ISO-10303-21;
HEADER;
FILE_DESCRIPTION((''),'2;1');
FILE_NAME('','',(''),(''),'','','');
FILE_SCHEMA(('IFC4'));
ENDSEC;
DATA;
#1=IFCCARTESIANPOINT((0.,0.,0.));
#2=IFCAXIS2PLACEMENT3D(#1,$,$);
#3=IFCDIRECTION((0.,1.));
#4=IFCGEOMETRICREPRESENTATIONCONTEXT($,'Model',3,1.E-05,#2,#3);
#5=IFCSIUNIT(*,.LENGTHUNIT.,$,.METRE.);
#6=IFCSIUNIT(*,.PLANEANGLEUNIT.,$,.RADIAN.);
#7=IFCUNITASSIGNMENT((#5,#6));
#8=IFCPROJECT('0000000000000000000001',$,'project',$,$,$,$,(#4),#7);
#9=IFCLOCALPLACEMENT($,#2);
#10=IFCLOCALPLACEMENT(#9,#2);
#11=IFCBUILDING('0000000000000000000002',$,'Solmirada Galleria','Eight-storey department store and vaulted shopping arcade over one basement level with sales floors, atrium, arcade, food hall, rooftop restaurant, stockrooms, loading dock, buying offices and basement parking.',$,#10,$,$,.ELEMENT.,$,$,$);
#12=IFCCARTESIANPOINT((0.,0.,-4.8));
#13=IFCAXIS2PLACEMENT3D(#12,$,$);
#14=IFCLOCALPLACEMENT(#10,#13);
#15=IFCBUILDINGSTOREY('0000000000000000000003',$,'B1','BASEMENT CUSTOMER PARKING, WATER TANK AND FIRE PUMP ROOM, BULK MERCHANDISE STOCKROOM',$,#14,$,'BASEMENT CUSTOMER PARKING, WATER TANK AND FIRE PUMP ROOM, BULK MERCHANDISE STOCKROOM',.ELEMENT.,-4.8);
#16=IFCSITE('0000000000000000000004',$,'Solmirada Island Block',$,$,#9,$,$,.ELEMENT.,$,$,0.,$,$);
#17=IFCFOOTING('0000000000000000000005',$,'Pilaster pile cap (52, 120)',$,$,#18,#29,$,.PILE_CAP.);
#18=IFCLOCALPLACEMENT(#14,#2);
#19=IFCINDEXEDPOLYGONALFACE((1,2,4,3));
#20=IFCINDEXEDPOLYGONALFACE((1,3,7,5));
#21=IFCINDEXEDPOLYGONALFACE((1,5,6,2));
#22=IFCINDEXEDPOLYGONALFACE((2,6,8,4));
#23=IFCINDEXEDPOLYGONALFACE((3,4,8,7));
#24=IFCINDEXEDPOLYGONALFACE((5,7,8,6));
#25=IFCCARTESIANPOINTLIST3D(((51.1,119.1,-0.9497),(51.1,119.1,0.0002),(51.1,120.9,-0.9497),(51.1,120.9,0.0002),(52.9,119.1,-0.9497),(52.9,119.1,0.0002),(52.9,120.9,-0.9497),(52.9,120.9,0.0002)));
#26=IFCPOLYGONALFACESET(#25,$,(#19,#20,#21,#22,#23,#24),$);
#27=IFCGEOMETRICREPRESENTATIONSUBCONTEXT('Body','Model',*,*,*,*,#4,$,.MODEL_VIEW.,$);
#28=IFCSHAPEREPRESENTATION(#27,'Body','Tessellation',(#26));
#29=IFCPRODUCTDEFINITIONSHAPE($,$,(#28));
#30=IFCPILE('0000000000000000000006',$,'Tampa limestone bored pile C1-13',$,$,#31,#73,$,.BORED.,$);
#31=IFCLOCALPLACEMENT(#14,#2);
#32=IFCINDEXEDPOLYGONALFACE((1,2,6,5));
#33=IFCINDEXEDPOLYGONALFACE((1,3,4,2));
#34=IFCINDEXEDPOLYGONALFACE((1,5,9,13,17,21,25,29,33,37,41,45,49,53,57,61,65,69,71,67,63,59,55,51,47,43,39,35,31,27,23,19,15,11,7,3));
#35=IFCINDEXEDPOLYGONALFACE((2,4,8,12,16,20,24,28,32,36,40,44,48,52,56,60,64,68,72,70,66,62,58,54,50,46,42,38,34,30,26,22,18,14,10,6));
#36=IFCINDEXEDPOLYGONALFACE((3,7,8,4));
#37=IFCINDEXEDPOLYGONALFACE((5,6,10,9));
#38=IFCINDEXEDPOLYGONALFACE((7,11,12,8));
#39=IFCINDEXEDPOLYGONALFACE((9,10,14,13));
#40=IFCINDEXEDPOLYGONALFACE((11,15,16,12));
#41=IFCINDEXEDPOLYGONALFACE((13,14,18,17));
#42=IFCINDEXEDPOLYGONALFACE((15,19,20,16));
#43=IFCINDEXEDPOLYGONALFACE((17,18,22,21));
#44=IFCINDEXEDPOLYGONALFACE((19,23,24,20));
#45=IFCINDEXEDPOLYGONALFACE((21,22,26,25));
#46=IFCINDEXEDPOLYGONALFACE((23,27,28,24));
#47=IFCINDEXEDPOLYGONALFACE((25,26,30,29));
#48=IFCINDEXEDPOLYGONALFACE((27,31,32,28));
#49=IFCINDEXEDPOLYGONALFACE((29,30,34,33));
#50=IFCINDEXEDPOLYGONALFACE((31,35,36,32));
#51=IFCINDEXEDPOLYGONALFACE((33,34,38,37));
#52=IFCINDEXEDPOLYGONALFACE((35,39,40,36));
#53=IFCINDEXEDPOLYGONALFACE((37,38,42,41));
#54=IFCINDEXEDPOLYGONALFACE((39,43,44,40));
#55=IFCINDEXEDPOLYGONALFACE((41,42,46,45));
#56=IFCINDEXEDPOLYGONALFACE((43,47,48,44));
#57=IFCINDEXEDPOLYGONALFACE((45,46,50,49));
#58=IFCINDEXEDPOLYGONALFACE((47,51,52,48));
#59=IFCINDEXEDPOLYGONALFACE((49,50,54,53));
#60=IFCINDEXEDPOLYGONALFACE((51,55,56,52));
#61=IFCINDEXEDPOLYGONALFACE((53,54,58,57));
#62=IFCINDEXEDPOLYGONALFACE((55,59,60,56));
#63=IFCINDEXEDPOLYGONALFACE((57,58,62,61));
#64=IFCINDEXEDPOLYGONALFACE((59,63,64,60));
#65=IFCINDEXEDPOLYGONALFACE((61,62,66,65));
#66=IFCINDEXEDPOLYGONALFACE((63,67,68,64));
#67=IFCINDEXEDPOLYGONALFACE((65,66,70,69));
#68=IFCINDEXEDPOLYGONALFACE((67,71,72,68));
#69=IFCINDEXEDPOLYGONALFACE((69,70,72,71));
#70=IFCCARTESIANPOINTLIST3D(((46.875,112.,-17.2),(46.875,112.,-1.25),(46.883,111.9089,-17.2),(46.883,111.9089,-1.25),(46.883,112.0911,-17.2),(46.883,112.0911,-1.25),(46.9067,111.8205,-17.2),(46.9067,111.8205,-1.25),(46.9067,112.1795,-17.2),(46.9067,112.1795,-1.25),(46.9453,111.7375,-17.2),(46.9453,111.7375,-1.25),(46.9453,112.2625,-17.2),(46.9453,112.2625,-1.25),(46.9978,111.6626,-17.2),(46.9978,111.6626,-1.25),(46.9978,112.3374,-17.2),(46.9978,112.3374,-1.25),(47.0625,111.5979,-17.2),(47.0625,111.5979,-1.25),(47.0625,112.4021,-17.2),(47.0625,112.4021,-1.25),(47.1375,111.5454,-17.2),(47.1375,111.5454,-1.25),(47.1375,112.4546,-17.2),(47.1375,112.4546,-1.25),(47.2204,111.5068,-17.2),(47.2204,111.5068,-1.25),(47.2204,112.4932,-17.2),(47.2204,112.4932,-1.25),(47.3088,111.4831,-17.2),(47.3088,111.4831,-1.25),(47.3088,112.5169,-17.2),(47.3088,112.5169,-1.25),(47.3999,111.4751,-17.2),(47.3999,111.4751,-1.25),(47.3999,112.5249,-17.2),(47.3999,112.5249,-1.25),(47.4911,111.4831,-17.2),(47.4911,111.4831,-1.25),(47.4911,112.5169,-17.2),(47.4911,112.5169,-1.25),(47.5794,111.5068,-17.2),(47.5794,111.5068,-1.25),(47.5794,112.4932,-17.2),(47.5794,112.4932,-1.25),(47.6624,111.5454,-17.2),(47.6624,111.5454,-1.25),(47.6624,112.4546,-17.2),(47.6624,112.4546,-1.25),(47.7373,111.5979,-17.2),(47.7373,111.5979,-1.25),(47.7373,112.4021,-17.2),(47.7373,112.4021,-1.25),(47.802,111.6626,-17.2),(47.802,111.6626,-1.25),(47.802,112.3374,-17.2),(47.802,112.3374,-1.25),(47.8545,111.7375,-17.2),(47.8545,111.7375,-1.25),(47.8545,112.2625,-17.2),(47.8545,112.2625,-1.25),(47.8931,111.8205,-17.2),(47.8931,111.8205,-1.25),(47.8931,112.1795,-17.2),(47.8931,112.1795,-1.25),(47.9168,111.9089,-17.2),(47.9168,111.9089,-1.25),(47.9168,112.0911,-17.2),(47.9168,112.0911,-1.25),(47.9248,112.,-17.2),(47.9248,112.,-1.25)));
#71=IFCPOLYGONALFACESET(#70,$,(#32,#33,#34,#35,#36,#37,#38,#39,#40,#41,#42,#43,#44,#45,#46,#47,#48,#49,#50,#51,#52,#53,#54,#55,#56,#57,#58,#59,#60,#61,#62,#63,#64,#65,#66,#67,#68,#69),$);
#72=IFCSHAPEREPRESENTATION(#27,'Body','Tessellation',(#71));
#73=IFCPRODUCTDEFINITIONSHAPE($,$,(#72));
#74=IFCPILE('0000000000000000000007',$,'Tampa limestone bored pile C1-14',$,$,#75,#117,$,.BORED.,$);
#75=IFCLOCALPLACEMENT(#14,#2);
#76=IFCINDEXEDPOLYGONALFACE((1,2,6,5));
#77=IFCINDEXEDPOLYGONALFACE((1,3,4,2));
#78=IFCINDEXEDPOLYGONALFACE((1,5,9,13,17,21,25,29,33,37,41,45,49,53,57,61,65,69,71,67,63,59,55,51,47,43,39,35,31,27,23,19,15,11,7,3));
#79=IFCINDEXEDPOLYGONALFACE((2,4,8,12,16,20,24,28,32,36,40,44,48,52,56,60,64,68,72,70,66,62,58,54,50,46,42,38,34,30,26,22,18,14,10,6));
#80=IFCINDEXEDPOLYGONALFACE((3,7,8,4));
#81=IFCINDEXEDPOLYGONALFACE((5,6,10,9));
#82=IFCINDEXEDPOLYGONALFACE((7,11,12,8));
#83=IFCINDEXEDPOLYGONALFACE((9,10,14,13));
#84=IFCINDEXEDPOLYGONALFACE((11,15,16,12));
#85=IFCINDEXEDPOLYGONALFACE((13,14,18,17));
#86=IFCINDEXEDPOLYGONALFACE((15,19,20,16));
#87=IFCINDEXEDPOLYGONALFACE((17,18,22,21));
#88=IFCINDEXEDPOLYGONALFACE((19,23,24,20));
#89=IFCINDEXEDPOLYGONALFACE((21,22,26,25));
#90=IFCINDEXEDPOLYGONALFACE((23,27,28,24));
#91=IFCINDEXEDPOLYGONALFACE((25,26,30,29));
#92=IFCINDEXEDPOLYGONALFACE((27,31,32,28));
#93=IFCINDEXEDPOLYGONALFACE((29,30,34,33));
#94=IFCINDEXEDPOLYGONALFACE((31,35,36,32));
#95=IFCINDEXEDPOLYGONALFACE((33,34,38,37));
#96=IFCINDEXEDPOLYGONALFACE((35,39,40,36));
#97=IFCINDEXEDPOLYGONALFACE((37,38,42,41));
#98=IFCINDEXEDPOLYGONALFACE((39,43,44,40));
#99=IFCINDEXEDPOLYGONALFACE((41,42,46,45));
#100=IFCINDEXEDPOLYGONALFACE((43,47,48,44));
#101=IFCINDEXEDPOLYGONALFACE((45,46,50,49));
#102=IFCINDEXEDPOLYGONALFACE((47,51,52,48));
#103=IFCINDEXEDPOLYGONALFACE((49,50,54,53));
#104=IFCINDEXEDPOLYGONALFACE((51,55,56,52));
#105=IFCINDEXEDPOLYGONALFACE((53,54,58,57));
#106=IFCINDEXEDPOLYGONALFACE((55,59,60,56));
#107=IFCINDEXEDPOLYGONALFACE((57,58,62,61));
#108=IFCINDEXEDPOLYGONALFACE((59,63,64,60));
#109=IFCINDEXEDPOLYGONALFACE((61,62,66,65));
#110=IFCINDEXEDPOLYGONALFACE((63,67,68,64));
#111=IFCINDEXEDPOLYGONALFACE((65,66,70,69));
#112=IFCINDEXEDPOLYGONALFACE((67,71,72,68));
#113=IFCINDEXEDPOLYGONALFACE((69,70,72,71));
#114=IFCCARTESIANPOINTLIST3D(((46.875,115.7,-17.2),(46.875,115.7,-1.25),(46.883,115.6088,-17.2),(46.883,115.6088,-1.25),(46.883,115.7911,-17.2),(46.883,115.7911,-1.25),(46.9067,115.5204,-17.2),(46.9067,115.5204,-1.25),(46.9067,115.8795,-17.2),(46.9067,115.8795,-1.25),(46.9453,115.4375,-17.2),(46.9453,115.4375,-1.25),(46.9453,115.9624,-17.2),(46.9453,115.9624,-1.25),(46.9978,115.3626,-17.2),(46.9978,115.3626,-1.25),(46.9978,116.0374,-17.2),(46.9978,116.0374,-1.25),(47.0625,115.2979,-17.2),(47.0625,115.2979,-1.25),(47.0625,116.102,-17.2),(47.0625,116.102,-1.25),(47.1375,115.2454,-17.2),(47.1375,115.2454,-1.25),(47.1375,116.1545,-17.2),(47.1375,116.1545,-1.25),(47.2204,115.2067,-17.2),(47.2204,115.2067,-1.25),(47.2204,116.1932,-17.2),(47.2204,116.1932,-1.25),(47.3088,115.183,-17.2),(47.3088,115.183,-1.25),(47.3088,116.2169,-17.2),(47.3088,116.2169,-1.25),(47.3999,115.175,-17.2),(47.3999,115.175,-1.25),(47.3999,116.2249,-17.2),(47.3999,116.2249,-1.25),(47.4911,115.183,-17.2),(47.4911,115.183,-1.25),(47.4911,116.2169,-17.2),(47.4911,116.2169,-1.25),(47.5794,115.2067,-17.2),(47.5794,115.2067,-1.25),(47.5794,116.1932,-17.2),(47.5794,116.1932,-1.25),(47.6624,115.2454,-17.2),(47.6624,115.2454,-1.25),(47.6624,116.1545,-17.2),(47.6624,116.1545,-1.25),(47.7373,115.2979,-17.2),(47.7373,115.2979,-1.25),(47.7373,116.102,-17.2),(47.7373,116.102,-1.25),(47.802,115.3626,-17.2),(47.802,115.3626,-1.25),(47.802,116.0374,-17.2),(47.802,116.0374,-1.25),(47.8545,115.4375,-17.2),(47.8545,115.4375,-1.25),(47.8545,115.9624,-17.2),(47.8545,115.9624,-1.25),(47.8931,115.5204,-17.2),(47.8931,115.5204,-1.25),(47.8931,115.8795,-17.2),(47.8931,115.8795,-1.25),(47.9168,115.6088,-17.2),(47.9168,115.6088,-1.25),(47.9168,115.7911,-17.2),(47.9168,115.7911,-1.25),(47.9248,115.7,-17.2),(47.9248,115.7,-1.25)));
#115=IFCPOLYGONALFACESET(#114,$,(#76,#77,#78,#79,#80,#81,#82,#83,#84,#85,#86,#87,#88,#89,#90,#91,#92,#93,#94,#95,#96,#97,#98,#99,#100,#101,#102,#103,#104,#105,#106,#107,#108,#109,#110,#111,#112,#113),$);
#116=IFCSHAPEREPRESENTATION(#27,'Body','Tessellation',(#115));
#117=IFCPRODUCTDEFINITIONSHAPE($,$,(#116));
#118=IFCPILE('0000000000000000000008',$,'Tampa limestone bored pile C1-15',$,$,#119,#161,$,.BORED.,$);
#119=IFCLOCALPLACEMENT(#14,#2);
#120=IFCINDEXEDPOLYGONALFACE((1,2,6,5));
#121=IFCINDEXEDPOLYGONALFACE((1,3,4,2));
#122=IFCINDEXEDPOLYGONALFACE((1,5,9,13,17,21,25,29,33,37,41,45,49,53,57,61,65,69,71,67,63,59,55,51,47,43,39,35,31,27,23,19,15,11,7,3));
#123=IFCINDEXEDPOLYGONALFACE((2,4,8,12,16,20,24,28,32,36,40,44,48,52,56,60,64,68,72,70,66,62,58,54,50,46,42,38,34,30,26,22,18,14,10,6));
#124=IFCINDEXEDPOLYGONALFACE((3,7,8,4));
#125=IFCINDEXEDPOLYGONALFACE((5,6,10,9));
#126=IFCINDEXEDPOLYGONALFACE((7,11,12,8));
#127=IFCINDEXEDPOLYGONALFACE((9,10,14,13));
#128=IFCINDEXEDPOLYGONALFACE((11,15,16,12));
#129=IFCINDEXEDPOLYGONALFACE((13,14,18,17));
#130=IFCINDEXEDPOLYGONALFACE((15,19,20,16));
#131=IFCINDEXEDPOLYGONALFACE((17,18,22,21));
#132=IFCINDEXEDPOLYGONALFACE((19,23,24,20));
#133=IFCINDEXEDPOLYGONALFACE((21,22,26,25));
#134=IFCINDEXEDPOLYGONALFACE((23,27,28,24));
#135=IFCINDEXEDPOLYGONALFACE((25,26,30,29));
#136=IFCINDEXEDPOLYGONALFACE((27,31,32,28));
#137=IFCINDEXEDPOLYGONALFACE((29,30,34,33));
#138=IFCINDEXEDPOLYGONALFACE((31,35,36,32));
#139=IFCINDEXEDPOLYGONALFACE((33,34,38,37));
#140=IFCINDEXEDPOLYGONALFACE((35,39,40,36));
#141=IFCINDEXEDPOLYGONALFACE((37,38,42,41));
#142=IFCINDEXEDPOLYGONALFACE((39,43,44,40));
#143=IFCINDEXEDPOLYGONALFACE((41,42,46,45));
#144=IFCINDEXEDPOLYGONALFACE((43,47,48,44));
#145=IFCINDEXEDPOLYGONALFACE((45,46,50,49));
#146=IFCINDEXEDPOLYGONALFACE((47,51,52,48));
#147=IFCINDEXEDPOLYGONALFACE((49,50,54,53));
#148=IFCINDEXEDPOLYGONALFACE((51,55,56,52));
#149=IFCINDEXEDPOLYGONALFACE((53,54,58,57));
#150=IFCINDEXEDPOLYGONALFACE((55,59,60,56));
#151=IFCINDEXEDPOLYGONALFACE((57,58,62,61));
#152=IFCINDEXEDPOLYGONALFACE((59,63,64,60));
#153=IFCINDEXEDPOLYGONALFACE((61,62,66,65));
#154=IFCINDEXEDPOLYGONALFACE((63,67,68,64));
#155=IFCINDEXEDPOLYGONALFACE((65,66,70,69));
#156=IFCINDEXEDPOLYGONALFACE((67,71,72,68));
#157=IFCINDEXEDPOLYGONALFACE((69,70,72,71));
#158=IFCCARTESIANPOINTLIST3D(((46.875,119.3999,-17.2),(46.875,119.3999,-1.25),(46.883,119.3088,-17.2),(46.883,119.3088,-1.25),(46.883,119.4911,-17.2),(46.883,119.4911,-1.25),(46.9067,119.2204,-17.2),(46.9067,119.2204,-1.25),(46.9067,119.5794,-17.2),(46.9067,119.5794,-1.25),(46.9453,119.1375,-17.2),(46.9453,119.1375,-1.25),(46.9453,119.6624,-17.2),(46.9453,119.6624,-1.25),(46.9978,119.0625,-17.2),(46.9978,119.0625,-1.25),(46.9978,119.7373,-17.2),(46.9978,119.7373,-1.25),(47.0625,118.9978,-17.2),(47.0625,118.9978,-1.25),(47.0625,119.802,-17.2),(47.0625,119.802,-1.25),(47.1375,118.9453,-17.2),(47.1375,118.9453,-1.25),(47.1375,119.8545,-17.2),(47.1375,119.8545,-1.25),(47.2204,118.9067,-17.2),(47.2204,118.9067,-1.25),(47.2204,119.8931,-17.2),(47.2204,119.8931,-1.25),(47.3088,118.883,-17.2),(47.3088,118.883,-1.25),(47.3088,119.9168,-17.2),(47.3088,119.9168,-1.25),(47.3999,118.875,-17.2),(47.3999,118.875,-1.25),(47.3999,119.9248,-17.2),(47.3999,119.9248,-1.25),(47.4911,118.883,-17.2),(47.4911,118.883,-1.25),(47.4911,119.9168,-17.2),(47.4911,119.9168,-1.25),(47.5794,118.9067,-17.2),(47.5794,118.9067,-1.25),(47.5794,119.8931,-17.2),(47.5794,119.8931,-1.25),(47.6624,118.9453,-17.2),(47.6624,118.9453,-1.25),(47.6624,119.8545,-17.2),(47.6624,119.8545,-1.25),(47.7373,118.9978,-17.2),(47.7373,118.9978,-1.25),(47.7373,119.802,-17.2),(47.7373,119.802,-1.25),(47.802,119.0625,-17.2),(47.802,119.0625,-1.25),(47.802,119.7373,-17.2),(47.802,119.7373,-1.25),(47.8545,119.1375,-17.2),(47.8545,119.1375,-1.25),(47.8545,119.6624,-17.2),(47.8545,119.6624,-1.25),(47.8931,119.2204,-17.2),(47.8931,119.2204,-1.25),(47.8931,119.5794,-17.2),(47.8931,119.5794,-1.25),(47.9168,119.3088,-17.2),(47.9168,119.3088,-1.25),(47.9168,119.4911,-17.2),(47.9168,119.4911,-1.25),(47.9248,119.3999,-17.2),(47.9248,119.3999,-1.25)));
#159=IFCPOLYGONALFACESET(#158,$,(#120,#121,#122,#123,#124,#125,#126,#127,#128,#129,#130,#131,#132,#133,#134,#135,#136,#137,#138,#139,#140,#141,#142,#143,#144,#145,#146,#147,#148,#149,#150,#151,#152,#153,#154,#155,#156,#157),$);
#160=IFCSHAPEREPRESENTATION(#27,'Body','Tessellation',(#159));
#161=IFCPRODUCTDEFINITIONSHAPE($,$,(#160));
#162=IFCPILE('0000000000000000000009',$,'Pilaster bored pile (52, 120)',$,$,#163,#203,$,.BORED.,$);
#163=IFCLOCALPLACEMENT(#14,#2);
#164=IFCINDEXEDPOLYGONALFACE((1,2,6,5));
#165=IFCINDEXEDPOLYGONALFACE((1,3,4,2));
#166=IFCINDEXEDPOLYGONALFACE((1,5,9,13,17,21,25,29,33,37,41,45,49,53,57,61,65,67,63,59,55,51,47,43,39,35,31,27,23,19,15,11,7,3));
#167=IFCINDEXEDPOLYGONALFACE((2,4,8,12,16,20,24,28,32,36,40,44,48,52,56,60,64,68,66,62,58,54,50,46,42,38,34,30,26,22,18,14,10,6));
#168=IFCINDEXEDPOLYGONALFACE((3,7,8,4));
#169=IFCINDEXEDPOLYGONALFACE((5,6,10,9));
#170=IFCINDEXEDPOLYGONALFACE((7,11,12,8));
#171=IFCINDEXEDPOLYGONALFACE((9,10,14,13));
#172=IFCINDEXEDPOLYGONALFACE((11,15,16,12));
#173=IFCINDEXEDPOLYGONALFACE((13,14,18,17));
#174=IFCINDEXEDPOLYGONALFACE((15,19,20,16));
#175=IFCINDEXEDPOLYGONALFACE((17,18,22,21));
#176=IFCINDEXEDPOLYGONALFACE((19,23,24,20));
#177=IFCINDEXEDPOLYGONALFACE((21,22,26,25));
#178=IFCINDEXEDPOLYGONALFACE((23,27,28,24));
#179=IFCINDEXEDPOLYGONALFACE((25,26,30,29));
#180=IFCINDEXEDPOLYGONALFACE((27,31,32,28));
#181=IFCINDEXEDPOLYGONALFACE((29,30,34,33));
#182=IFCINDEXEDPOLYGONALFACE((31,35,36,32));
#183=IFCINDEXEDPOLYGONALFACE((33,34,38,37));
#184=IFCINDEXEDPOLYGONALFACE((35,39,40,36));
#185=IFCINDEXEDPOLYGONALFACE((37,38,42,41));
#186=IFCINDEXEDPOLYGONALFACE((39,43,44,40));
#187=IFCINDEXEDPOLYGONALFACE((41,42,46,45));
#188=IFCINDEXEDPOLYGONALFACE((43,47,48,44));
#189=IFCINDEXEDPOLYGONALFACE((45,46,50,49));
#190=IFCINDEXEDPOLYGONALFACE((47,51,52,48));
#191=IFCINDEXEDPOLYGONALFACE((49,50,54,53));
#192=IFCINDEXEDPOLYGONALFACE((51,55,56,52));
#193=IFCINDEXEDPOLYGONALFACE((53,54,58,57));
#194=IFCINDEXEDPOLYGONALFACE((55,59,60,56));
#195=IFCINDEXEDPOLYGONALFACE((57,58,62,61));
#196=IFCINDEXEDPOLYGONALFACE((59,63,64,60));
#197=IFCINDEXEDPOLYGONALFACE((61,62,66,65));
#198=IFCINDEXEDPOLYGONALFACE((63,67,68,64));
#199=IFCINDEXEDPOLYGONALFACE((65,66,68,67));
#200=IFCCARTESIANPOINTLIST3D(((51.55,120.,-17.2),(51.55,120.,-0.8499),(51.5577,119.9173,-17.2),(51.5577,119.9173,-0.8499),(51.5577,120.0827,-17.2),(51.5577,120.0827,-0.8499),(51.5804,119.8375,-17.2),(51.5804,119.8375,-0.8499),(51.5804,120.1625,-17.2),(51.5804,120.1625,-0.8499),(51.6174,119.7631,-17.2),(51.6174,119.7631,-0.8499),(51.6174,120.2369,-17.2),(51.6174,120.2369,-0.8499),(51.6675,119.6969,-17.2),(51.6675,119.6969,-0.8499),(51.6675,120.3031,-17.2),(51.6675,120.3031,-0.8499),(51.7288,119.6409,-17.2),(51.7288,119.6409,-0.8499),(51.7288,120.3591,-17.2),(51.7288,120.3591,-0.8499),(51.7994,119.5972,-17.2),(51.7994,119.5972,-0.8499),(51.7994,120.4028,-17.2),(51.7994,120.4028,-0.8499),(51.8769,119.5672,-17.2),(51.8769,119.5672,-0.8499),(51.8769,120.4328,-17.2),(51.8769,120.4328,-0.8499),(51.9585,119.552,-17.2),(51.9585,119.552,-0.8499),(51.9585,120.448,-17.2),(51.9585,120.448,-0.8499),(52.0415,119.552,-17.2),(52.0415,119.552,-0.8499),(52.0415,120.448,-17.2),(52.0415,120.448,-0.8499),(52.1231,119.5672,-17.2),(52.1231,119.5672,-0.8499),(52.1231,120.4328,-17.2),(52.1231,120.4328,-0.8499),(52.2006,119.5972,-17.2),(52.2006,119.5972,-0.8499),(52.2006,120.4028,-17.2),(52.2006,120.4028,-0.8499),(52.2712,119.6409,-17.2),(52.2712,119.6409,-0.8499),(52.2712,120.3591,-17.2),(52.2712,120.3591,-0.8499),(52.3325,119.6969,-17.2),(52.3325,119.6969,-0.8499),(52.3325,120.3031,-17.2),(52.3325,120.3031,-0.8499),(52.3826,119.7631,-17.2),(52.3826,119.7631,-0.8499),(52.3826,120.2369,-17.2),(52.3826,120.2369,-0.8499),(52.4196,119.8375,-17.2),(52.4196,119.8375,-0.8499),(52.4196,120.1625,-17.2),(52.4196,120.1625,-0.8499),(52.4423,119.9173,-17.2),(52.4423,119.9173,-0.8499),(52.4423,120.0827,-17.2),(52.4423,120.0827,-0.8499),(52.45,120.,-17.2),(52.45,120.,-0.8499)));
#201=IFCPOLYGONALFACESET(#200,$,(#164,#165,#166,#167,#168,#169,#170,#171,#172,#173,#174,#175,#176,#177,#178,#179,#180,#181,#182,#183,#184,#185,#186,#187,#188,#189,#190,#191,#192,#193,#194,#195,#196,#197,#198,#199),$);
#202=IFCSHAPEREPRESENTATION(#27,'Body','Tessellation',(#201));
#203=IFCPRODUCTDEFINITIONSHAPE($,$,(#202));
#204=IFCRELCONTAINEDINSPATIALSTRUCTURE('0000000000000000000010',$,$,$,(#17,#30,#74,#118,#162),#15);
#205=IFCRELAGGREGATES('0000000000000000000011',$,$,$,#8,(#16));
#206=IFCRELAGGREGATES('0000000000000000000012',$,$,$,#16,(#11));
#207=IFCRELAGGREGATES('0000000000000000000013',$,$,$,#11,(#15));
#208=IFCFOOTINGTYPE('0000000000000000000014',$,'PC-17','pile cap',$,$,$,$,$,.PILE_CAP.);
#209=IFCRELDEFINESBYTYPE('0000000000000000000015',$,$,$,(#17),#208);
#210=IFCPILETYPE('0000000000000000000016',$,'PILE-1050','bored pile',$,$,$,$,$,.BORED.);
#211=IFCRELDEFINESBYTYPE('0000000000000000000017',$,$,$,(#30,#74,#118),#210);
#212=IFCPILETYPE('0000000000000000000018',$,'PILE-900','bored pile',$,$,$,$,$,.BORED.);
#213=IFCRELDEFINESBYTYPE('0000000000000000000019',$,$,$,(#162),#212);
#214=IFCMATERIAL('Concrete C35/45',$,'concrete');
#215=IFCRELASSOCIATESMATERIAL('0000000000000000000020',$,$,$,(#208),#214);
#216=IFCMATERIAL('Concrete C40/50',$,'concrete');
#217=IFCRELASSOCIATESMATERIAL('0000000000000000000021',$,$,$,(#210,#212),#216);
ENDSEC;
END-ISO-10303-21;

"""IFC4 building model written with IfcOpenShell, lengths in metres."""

from ifc_helpers import new_model, si_unit, direction, frame, origin, origin_2d, place, context, subcontext, project, spatial, rectangle, circle, extrude, material, material_profile, profile_set, type_object, element, save


model = new_model("IFC4")

# Units and contexts
model_context = context("Model", 3, precision=1e-05, world=origin(), true_north=direction((0.0, 1.0)))
body_context = subcontext(model_context, "Body", "Model", "MODEL_VIEW")
ifc_project = project(units=[si_unit("LENGTHUNIT", "METRE"), si_unit("PLANEANGLEUNIT", "RADIAN")], contexts=[model_context])

# Site, building, storey
site_placement = place(None, origin())
site = spatial("IfcSite", under=ifc_project, at=site_placement, Name="Solmirada Island Block", CompositionType="ELEMENT", RefElevation=0.0)
building_placement = place(site_placement, origin())
building = spatial("IfcBuilding", under=site, at=building_placement, Name="Solmirada Galleria", Description="Eight-storey department store and vaulted shopping arcade over one basement level with sales floors, atrium, arcade, food hall, rooftop restaurant, stockrooms, loading dock, buying offices and basement parking.", CompositionType="ELEMENT")
storey_placement = place(building_placement, frame((0.0, 0.0, -4.8)))
storey = spatial("IfcBuildingStorey", under=building, at=storey_placement, Name="B1", Description="BASEMENT CUSTOMER PARKING, WATER TANK AND FIRE PUMP ROOM, BULK MERCHANDISE STOCKROOM", LongName="BASEMENT CUSTOMER PARKING, WATER TANK AND FIRE PUMP ROOM, BULK MERCHANDISE STOCKROOM", CompositionType="ELEMENT", Elevation=-4.8)

# Footing
ifc_material_1 = material(Name="Concrete C35/45", Category="concrete")
footing_type = type_object("IfcFootingType", Name="PC-17", Description="pile cap", PredefinedType="PILE_CAP", material=ifc_material_1)
footing_placement = place(storey_placement, frame((52.0, 120.0, -0.9497), z_axis=(0.0, 0.0, 1.0), x_axis=(1.0, 0.0, 0.0)))
element("IfcFooting", 1, at=footing_placement, inside=storey, type_object=footing_type, Name="Pilaster pile cap (52, 120)", PredefinedType="PILE_CAP", context=body_context, shape_type="SweptSolid", body=[
    extrude(rectangle(XDim=1.8, YDim=1.8, at=origin_2d()), origin(), (0.0, 0.0, 1.0), 0.95),
])

# Piles
ifc_material_2 = material(Name="Concrete C40/50", Category="concrete")
ifc_material_profile_1 = material_profile(ifc_material_2, circle(Radius=0.5249, at=origin_2d()), Name="PILE1050")
ifc_profile_set_1 = profile_set([ifc_material_profile_1], Name="Concrete C40/50")
pile_type_1 = type_object("IfcPileType", Name="PILE-1050", Description="bored pile", PredefinedType="BORED", material=ifc_profile_set_1)
for number, where, z_axis, x_axis, name in (
    (2, (47.3999, 112.0, -1.25), (0.0, 0.0, -1.0), (1.0, 0.0, 0.0), "Tampa limestone bored pile C1-13"),
    (3, (47.3999, 115.7, -1.25), (0.0, 0.0, -1.0), (1.0, 0.0, 0.0), "Tampa limestone bored pile C1-14"),
    (4, (47.3999, 119.3999, -1.25), (0.0, 0.0, -1.0), (1.0, 0.0, 0.0), "Tampa limestone bored pile C1-15"),
):
    element("IfcPile", number, at=place(storey_placement, frame(where, z_axis=z_axis, x_axis=x_axis)), inside=storey, type_object=pile_type_1, Name=name, PredefinedType="BORED", context=body_context, shape_type="SweptSolid", body=[
        extrude(circle(Radius=0.5249, at=origin_2d()), origin(), (0.0, 0.0, 1.0), 15.95),
    ])
ifc_material_profile_2 = material_profile(ifc_material_2, circle(Radius=0.45, at=origin_2d()), Name="PILE900")
ifc_profile_set_2 = profile_set([ifc_material_profile_2], Name="Concrete C40/50")
pile_type_2 = type_object("IfcPileType", Name="PILE-900", Description="bored pile", PredefinedType="BORED", material=ifc_profile_set_2)
pile_1_placement = place(storey_placement, frame((52.0, 120.0, -0.8499), z_axis=(0.0, 0.0, -1.0), x_axis=(1.0, 0.0, 0.0)))
element("IfcPile", 5, at=pile_1_placement, inside=storey, type_object=pile_type_2, Name="Pilaster bored pile (52, 120)", PredefinedType="BORED", context=body_context, shape_type="SweptSolid", body=[
    extrude(circle(Radius=0.45, at=origin_2d()), origin(), (0.0, 0.0, 1.0), 16.3501),
])

save(model, "model.ifc")
